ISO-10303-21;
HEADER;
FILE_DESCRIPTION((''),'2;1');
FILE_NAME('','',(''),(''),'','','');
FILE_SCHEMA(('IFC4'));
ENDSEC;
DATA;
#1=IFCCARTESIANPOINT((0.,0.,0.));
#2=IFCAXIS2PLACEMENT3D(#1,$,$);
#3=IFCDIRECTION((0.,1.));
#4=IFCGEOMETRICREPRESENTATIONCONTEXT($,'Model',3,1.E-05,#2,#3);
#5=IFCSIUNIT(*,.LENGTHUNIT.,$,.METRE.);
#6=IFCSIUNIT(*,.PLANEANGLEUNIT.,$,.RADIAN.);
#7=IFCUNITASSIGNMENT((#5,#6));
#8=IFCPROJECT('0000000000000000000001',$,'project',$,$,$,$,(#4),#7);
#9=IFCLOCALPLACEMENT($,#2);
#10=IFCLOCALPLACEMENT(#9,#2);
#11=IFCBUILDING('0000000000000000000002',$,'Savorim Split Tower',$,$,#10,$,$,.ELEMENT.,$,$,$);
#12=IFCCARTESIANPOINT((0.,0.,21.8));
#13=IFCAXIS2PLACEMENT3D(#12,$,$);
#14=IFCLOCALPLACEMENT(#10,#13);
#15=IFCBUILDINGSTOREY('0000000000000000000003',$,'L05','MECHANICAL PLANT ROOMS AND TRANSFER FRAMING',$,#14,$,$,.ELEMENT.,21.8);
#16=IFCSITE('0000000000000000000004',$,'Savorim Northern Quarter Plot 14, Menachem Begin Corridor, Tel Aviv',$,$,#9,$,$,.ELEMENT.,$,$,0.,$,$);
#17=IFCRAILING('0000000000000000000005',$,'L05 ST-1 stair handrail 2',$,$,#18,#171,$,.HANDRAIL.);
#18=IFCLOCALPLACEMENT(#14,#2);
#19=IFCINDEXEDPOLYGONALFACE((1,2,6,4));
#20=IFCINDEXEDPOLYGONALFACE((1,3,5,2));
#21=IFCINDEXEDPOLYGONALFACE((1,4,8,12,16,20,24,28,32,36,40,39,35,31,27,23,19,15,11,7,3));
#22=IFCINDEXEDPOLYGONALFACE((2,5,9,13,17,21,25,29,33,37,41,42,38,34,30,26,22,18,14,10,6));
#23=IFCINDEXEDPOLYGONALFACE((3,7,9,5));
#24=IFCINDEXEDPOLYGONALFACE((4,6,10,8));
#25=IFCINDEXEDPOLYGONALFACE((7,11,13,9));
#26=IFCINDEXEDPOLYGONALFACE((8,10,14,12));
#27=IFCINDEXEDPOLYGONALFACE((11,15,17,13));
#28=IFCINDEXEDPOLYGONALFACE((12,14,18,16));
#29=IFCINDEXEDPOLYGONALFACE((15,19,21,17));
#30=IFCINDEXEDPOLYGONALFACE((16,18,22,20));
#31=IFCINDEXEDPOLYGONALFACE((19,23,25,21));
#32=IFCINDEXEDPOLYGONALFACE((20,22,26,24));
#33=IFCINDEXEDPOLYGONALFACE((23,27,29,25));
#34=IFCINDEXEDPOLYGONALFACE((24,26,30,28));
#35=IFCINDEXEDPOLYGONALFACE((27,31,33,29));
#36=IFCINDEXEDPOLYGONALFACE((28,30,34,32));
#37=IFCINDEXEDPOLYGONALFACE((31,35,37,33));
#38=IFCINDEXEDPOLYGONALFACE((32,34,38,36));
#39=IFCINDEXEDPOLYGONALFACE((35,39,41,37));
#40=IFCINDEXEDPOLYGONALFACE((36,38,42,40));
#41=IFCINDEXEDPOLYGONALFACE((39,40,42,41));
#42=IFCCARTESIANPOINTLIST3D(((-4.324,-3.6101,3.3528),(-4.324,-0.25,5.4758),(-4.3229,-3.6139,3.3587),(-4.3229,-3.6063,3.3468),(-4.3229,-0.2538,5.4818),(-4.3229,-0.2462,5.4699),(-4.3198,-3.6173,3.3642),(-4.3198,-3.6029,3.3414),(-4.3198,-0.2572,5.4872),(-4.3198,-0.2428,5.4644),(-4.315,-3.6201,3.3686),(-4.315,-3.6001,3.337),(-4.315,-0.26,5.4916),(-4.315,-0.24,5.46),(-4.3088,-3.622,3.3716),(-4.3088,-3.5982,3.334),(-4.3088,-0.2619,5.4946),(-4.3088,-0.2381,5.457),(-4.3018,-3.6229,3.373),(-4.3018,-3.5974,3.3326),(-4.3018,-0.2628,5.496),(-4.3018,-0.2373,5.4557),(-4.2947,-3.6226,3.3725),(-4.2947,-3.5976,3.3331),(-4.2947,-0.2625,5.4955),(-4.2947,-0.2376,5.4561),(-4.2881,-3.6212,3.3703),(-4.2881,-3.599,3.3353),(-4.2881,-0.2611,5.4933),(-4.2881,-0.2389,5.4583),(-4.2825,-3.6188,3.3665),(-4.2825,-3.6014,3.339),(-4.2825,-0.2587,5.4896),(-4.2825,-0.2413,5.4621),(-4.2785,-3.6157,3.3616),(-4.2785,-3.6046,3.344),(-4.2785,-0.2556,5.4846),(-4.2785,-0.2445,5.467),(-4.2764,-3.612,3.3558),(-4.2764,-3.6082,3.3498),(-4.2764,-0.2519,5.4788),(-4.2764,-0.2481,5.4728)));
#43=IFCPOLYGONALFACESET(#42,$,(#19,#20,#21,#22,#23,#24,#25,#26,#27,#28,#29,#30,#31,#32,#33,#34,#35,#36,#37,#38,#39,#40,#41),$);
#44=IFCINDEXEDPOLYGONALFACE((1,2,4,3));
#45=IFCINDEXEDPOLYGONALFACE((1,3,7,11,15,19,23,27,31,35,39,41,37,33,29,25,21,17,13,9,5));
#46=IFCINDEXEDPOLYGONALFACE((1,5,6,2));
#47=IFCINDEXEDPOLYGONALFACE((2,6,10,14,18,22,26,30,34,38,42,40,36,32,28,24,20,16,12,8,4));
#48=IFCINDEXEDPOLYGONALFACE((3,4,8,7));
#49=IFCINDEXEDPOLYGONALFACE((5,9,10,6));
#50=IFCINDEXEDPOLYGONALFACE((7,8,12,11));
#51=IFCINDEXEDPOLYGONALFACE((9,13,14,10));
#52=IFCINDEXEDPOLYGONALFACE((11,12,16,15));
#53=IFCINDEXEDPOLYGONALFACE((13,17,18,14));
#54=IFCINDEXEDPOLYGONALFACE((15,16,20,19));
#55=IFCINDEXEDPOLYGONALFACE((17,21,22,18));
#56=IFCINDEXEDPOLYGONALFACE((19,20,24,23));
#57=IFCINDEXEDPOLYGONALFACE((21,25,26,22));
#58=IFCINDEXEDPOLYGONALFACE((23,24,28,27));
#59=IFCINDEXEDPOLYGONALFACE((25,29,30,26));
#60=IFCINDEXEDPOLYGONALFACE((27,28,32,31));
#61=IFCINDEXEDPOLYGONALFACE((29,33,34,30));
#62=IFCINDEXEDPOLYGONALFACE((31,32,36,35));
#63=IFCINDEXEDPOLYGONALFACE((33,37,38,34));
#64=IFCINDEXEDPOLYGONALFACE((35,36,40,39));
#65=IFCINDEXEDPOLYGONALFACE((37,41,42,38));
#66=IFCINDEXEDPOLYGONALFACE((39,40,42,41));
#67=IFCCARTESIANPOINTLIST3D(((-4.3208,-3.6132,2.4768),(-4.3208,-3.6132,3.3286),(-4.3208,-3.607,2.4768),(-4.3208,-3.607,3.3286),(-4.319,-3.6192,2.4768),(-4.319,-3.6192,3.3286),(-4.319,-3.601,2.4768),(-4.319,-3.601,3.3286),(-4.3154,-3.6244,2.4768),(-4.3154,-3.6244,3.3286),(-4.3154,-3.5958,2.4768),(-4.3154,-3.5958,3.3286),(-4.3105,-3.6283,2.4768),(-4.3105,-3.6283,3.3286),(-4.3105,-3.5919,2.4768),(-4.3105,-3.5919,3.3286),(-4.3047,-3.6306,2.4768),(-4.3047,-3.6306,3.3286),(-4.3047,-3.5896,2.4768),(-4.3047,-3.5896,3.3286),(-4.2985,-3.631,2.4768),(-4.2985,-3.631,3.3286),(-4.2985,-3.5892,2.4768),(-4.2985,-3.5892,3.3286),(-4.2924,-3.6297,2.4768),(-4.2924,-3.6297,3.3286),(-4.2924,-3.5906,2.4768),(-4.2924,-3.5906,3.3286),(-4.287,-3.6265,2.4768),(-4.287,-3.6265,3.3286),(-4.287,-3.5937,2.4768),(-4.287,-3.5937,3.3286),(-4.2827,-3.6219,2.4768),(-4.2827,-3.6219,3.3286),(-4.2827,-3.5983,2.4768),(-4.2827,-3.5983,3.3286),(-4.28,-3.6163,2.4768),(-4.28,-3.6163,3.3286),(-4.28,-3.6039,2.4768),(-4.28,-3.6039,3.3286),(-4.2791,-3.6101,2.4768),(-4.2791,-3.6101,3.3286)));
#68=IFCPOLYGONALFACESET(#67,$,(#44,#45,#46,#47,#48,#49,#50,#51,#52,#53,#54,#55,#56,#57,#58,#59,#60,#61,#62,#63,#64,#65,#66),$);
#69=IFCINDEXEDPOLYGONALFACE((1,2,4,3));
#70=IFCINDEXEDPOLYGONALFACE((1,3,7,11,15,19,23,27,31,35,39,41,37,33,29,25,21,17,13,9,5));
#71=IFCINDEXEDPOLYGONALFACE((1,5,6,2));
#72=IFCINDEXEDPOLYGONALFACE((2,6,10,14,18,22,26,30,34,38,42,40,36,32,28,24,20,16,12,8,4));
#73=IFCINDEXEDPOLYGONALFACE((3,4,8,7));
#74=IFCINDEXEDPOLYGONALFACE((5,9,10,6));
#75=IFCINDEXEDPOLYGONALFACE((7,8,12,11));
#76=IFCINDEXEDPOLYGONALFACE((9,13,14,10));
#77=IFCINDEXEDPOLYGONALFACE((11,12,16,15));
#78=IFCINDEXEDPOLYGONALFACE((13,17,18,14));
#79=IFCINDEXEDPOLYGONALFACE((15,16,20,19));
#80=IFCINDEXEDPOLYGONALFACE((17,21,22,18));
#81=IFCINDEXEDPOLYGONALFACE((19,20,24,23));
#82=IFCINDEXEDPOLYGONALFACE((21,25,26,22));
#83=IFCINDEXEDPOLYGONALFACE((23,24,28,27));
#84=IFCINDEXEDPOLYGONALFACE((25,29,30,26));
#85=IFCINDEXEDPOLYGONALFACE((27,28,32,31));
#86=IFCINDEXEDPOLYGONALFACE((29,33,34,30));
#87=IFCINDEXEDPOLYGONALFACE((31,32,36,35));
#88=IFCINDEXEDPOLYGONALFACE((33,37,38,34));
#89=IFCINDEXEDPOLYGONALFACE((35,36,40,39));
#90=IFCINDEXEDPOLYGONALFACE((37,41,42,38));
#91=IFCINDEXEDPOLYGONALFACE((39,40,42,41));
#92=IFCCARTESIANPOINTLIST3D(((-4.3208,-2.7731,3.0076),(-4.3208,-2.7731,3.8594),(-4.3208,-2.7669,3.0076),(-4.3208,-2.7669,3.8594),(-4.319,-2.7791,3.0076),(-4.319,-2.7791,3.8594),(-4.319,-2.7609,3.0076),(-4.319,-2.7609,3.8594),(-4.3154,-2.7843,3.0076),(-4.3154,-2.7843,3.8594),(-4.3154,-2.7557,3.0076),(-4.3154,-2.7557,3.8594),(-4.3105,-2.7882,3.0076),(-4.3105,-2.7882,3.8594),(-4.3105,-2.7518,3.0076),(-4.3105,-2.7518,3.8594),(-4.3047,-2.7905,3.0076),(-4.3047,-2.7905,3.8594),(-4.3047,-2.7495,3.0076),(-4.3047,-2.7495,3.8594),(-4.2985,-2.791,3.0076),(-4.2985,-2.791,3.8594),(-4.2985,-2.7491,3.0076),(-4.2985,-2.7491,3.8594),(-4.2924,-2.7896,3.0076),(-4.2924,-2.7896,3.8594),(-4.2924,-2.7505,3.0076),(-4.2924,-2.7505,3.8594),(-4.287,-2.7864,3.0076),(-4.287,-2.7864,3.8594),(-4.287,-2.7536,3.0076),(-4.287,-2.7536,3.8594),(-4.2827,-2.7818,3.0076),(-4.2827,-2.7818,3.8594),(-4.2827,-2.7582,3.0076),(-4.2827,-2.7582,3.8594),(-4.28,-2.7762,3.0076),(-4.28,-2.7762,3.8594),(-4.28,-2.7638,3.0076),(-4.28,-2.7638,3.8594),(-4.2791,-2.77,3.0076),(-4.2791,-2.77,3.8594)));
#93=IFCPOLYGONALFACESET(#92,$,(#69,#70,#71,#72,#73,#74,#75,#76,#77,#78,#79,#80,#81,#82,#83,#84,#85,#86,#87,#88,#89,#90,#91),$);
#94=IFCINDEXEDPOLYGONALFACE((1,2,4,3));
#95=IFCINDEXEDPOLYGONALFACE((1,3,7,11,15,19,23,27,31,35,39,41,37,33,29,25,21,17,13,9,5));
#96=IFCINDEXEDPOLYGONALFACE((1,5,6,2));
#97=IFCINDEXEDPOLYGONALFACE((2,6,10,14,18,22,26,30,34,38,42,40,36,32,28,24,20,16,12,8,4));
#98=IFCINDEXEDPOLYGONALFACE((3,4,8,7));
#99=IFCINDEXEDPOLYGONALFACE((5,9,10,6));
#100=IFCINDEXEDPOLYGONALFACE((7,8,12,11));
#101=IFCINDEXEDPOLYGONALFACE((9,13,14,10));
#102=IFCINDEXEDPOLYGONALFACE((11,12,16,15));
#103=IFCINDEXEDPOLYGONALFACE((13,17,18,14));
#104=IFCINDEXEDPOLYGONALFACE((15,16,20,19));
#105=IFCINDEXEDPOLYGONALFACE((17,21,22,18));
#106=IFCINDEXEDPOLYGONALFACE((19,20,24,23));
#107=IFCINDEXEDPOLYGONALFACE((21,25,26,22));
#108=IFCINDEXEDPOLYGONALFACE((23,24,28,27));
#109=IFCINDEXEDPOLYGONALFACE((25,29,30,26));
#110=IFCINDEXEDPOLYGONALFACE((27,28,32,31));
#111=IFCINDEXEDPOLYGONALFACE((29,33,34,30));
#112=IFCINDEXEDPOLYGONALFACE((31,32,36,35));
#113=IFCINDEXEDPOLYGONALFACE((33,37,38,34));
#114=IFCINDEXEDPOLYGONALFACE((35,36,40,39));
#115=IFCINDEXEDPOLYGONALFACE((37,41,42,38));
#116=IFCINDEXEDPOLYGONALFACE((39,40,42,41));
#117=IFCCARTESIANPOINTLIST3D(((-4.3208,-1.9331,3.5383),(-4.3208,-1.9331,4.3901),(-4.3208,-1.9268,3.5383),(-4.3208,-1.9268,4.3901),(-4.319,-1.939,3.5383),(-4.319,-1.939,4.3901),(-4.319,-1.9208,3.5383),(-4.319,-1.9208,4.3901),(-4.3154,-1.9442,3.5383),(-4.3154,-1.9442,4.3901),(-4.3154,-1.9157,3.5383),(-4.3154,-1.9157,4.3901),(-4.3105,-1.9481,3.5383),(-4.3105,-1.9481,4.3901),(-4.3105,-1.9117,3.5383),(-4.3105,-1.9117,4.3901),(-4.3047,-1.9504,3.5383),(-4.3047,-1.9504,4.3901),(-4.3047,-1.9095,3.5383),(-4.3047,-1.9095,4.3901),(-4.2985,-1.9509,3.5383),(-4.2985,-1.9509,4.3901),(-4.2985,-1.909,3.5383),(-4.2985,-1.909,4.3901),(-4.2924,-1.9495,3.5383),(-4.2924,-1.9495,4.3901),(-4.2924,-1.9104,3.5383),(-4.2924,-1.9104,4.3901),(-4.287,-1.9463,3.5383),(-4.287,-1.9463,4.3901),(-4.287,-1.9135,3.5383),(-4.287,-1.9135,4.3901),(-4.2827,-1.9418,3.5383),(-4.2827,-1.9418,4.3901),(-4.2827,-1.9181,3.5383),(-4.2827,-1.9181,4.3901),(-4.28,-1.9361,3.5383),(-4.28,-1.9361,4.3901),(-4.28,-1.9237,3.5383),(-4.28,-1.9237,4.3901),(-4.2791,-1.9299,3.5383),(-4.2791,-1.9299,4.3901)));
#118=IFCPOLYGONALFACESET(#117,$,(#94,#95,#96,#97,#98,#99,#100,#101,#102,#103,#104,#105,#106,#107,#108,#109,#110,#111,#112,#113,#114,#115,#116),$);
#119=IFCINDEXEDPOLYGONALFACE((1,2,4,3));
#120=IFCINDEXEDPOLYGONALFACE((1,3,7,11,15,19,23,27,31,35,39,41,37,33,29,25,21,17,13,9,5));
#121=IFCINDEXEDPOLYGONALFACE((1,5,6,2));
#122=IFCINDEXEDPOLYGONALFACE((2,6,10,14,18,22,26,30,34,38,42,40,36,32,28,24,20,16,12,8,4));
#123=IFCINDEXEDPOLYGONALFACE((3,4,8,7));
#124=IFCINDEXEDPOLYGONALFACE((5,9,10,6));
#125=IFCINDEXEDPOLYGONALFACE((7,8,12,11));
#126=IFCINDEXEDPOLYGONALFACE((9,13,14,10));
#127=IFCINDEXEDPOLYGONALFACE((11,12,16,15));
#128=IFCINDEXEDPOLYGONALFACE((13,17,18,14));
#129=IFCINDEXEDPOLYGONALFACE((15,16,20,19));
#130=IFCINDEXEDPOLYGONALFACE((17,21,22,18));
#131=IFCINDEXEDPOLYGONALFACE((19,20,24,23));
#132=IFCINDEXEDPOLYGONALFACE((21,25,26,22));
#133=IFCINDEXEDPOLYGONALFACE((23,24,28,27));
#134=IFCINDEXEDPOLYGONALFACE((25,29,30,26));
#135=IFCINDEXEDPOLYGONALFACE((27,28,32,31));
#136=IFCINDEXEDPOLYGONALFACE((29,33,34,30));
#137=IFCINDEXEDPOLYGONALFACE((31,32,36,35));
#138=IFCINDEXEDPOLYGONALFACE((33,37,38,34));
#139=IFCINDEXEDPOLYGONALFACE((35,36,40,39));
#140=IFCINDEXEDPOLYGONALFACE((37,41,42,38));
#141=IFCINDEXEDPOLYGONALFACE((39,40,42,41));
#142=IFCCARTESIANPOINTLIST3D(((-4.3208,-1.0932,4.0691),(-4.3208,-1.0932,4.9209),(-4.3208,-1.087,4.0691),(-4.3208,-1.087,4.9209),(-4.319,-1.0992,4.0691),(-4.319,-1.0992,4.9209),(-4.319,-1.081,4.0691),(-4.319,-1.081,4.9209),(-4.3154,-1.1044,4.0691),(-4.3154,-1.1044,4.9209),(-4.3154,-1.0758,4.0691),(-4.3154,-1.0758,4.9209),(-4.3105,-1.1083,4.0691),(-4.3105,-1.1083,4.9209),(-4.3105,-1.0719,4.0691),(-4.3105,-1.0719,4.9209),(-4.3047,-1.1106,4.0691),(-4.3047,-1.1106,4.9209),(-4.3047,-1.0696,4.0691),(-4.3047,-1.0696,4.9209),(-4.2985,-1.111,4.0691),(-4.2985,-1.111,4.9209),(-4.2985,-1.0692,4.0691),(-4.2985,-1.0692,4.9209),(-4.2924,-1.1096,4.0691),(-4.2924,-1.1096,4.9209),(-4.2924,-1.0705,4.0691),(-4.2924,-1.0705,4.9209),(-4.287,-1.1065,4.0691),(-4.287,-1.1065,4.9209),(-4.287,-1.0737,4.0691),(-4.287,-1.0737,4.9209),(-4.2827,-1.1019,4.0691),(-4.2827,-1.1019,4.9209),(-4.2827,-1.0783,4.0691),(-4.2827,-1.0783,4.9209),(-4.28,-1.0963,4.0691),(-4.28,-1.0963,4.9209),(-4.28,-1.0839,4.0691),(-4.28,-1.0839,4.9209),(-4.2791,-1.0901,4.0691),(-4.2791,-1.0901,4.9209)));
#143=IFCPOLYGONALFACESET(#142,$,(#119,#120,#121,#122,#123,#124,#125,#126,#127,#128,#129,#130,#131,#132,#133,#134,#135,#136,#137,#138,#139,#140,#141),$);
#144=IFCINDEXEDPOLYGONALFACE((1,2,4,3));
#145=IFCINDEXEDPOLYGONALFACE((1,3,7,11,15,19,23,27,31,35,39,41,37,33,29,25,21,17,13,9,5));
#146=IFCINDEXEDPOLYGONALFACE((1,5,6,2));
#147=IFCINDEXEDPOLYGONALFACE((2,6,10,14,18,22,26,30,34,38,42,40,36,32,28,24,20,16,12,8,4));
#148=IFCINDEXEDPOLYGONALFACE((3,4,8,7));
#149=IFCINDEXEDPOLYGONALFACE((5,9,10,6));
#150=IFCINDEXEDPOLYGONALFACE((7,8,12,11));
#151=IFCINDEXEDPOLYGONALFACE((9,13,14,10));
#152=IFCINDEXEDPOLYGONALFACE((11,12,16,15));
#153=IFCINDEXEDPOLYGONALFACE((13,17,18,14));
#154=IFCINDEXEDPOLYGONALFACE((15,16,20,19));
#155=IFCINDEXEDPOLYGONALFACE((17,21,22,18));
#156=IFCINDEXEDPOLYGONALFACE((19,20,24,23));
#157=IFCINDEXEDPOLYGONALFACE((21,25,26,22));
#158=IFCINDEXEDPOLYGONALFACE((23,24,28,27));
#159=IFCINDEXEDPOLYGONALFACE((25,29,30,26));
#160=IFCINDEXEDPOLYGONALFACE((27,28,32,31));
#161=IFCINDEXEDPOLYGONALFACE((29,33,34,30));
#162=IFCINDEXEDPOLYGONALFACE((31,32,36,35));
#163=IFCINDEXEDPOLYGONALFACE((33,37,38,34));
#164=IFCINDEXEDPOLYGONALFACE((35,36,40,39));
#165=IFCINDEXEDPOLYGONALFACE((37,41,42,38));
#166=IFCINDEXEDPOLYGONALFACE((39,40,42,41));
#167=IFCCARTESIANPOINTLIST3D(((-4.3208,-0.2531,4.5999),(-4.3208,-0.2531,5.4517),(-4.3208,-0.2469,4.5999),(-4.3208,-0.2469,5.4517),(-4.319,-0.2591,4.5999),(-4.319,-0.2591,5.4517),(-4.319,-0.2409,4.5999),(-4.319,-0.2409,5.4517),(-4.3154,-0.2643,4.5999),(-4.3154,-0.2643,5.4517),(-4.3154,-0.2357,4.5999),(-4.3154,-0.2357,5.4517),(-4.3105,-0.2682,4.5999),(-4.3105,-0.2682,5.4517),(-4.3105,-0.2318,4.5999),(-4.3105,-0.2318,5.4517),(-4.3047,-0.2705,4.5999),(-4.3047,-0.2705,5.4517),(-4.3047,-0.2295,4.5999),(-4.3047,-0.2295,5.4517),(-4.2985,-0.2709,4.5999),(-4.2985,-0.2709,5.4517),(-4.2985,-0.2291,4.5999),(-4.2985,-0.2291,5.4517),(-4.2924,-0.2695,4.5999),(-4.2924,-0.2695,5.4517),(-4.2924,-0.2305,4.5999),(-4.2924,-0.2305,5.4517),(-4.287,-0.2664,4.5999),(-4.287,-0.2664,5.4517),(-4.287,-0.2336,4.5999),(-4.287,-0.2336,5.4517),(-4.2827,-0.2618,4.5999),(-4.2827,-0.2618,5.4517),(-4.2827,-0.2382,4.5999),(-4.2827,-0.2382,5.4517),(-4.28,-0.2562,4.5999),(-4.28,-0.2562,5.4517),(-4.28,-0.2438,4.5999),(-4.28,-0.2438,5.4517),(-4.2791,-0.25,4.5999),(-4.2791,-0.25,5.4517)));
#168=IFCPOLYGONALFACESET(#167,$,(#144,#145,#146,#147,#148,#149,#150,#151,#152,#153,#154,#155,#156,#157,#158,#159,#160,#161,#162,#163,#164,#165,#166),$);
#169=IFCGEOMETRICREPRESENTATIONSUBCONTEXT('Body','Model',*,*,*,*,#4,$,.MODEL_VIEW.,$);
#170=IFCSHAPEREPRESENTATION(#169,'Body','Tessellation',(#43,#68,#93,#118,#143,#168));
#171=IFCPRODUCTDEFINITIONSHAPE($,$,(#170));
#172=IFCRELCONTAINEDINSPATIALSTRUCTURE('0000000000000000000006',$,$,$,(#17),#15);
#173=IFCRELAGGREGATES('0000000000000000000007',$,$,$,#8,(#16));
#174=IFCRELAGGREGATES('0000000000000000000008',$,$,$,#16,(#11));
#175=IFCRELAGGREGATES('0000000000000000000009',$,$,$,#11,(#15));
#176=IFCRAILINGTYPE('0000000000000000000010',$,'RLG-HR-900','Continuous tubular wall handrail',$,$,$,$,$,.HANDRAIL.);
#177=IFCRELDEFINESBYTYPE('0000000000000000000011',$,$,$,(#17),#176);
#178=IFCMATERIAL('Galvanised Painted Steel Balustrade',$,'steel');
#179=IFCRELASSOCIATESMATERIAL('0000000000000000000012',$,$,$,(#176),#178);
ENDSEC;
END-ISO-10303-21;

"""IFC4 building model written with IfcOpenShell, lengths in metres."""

from ifc_helpers import new_model, si_unit, direction, frame, origin, origin_2d, place, context, subcontext, project, spatial, circle, extrude, material, type_object, element, save


model = new_model("IFC4")

# Units and contexts
model_context = context("Model", 3, precision=1e-05, world=origin(), true_north=direction((0.0, 1.0)))
body_context = subcontext(model_context, "Body", "Model", "MODEL_VIEW")
ifc_project = project(units=[si_unit("LENGTHUNIT", "METRE"), si_unit("PLANEANGLEUNIT", "RADIAN")], contexts=[model_context])

# Site, building, storey
site_placement = place(None, origin())
site = spatial("IfcSite", under=ifc_project, at=site_placement, Name="Savorim Northern Quarter Plot 14, Menachem Begin Corridor, Tel Aviv", CompositionType="ELEMENT", RefElevation=0.0)
building_placement = place(site_placement, origin())
building = spatial("IfcBuilding", under=site, at=building_placement, Name="Savorim Split Tower", CompositionType="ELEMENT")
storey_placement = place(building_placement, frame((0.0, 0.0, 21.8)))
storey = spatial("IfcBuildingStorey", under=building, at=storey_placement, Name="L05", Description="MECHANICAL PLANT ROOMS AND TRANSFER FRAMING", CompositionType="ELEMENT", Elevation=21.8)

# Railing
ifc_material_1 = material(Name="Galvanised Painted Steel Balustrade", Category="steel")
railing_type_1 = type_object("IfcRailingType", Name="RLG-HR-900", Description="Continuous tubular wall handrail", PredefinedType="HANDRAIL", material=ifc_material_1)
railing_1_placement = place(storey_placement, frame((-4.3, -3.6101, 2.4768)))
element("IfcRailing", 1, at=railing_1_placement, inside=storey, type_object=railing_type_1, Name="L05 ST-1 stair handrail 2", PredefinedType="HANDRAIL", context=body_context, shape_type="SweptSolid", body=[
    extrude(circle(Radius=0.0239, at=origin_2d()), frame((0.0, 0.0, 0.876), z_axis=(0.0, 0.84539, 0.53415), x_axis=(-1.0, 0.0, 0.0)), (0.0, 0.0, 1.0), 3.9746),
    extrude(circle(Radius=0.021, at=origin_2d()), origin(), (0.0, 0.0, 1.0), 0.8518),
    extrude(circle(Radius=0.021, at=origin_2d()), frame((0.0, 0.8401, 0.5308)), (0.0, 0.0, 1.0), 0.8518),
    extrude(circle(Radius=0.021, at=origin_2d()), frame((0.0, 1.6802, 1.0615)), (0.0, 0.0, 1.0), 0.8518),
    extrude(circle(Radius=0.021, at=origin_2d()), frame((0.0, 2.52, 1.5923)), (0.0, 0.0, 1.0), 0.8518),
    extrude(circle(Radius=0.021, at=origin_2d()), frame((0.0, 3.3601, 2.123)), (0.0, 0.0, 1.0), 0.8518),
])

save(model, "model.ifc")
